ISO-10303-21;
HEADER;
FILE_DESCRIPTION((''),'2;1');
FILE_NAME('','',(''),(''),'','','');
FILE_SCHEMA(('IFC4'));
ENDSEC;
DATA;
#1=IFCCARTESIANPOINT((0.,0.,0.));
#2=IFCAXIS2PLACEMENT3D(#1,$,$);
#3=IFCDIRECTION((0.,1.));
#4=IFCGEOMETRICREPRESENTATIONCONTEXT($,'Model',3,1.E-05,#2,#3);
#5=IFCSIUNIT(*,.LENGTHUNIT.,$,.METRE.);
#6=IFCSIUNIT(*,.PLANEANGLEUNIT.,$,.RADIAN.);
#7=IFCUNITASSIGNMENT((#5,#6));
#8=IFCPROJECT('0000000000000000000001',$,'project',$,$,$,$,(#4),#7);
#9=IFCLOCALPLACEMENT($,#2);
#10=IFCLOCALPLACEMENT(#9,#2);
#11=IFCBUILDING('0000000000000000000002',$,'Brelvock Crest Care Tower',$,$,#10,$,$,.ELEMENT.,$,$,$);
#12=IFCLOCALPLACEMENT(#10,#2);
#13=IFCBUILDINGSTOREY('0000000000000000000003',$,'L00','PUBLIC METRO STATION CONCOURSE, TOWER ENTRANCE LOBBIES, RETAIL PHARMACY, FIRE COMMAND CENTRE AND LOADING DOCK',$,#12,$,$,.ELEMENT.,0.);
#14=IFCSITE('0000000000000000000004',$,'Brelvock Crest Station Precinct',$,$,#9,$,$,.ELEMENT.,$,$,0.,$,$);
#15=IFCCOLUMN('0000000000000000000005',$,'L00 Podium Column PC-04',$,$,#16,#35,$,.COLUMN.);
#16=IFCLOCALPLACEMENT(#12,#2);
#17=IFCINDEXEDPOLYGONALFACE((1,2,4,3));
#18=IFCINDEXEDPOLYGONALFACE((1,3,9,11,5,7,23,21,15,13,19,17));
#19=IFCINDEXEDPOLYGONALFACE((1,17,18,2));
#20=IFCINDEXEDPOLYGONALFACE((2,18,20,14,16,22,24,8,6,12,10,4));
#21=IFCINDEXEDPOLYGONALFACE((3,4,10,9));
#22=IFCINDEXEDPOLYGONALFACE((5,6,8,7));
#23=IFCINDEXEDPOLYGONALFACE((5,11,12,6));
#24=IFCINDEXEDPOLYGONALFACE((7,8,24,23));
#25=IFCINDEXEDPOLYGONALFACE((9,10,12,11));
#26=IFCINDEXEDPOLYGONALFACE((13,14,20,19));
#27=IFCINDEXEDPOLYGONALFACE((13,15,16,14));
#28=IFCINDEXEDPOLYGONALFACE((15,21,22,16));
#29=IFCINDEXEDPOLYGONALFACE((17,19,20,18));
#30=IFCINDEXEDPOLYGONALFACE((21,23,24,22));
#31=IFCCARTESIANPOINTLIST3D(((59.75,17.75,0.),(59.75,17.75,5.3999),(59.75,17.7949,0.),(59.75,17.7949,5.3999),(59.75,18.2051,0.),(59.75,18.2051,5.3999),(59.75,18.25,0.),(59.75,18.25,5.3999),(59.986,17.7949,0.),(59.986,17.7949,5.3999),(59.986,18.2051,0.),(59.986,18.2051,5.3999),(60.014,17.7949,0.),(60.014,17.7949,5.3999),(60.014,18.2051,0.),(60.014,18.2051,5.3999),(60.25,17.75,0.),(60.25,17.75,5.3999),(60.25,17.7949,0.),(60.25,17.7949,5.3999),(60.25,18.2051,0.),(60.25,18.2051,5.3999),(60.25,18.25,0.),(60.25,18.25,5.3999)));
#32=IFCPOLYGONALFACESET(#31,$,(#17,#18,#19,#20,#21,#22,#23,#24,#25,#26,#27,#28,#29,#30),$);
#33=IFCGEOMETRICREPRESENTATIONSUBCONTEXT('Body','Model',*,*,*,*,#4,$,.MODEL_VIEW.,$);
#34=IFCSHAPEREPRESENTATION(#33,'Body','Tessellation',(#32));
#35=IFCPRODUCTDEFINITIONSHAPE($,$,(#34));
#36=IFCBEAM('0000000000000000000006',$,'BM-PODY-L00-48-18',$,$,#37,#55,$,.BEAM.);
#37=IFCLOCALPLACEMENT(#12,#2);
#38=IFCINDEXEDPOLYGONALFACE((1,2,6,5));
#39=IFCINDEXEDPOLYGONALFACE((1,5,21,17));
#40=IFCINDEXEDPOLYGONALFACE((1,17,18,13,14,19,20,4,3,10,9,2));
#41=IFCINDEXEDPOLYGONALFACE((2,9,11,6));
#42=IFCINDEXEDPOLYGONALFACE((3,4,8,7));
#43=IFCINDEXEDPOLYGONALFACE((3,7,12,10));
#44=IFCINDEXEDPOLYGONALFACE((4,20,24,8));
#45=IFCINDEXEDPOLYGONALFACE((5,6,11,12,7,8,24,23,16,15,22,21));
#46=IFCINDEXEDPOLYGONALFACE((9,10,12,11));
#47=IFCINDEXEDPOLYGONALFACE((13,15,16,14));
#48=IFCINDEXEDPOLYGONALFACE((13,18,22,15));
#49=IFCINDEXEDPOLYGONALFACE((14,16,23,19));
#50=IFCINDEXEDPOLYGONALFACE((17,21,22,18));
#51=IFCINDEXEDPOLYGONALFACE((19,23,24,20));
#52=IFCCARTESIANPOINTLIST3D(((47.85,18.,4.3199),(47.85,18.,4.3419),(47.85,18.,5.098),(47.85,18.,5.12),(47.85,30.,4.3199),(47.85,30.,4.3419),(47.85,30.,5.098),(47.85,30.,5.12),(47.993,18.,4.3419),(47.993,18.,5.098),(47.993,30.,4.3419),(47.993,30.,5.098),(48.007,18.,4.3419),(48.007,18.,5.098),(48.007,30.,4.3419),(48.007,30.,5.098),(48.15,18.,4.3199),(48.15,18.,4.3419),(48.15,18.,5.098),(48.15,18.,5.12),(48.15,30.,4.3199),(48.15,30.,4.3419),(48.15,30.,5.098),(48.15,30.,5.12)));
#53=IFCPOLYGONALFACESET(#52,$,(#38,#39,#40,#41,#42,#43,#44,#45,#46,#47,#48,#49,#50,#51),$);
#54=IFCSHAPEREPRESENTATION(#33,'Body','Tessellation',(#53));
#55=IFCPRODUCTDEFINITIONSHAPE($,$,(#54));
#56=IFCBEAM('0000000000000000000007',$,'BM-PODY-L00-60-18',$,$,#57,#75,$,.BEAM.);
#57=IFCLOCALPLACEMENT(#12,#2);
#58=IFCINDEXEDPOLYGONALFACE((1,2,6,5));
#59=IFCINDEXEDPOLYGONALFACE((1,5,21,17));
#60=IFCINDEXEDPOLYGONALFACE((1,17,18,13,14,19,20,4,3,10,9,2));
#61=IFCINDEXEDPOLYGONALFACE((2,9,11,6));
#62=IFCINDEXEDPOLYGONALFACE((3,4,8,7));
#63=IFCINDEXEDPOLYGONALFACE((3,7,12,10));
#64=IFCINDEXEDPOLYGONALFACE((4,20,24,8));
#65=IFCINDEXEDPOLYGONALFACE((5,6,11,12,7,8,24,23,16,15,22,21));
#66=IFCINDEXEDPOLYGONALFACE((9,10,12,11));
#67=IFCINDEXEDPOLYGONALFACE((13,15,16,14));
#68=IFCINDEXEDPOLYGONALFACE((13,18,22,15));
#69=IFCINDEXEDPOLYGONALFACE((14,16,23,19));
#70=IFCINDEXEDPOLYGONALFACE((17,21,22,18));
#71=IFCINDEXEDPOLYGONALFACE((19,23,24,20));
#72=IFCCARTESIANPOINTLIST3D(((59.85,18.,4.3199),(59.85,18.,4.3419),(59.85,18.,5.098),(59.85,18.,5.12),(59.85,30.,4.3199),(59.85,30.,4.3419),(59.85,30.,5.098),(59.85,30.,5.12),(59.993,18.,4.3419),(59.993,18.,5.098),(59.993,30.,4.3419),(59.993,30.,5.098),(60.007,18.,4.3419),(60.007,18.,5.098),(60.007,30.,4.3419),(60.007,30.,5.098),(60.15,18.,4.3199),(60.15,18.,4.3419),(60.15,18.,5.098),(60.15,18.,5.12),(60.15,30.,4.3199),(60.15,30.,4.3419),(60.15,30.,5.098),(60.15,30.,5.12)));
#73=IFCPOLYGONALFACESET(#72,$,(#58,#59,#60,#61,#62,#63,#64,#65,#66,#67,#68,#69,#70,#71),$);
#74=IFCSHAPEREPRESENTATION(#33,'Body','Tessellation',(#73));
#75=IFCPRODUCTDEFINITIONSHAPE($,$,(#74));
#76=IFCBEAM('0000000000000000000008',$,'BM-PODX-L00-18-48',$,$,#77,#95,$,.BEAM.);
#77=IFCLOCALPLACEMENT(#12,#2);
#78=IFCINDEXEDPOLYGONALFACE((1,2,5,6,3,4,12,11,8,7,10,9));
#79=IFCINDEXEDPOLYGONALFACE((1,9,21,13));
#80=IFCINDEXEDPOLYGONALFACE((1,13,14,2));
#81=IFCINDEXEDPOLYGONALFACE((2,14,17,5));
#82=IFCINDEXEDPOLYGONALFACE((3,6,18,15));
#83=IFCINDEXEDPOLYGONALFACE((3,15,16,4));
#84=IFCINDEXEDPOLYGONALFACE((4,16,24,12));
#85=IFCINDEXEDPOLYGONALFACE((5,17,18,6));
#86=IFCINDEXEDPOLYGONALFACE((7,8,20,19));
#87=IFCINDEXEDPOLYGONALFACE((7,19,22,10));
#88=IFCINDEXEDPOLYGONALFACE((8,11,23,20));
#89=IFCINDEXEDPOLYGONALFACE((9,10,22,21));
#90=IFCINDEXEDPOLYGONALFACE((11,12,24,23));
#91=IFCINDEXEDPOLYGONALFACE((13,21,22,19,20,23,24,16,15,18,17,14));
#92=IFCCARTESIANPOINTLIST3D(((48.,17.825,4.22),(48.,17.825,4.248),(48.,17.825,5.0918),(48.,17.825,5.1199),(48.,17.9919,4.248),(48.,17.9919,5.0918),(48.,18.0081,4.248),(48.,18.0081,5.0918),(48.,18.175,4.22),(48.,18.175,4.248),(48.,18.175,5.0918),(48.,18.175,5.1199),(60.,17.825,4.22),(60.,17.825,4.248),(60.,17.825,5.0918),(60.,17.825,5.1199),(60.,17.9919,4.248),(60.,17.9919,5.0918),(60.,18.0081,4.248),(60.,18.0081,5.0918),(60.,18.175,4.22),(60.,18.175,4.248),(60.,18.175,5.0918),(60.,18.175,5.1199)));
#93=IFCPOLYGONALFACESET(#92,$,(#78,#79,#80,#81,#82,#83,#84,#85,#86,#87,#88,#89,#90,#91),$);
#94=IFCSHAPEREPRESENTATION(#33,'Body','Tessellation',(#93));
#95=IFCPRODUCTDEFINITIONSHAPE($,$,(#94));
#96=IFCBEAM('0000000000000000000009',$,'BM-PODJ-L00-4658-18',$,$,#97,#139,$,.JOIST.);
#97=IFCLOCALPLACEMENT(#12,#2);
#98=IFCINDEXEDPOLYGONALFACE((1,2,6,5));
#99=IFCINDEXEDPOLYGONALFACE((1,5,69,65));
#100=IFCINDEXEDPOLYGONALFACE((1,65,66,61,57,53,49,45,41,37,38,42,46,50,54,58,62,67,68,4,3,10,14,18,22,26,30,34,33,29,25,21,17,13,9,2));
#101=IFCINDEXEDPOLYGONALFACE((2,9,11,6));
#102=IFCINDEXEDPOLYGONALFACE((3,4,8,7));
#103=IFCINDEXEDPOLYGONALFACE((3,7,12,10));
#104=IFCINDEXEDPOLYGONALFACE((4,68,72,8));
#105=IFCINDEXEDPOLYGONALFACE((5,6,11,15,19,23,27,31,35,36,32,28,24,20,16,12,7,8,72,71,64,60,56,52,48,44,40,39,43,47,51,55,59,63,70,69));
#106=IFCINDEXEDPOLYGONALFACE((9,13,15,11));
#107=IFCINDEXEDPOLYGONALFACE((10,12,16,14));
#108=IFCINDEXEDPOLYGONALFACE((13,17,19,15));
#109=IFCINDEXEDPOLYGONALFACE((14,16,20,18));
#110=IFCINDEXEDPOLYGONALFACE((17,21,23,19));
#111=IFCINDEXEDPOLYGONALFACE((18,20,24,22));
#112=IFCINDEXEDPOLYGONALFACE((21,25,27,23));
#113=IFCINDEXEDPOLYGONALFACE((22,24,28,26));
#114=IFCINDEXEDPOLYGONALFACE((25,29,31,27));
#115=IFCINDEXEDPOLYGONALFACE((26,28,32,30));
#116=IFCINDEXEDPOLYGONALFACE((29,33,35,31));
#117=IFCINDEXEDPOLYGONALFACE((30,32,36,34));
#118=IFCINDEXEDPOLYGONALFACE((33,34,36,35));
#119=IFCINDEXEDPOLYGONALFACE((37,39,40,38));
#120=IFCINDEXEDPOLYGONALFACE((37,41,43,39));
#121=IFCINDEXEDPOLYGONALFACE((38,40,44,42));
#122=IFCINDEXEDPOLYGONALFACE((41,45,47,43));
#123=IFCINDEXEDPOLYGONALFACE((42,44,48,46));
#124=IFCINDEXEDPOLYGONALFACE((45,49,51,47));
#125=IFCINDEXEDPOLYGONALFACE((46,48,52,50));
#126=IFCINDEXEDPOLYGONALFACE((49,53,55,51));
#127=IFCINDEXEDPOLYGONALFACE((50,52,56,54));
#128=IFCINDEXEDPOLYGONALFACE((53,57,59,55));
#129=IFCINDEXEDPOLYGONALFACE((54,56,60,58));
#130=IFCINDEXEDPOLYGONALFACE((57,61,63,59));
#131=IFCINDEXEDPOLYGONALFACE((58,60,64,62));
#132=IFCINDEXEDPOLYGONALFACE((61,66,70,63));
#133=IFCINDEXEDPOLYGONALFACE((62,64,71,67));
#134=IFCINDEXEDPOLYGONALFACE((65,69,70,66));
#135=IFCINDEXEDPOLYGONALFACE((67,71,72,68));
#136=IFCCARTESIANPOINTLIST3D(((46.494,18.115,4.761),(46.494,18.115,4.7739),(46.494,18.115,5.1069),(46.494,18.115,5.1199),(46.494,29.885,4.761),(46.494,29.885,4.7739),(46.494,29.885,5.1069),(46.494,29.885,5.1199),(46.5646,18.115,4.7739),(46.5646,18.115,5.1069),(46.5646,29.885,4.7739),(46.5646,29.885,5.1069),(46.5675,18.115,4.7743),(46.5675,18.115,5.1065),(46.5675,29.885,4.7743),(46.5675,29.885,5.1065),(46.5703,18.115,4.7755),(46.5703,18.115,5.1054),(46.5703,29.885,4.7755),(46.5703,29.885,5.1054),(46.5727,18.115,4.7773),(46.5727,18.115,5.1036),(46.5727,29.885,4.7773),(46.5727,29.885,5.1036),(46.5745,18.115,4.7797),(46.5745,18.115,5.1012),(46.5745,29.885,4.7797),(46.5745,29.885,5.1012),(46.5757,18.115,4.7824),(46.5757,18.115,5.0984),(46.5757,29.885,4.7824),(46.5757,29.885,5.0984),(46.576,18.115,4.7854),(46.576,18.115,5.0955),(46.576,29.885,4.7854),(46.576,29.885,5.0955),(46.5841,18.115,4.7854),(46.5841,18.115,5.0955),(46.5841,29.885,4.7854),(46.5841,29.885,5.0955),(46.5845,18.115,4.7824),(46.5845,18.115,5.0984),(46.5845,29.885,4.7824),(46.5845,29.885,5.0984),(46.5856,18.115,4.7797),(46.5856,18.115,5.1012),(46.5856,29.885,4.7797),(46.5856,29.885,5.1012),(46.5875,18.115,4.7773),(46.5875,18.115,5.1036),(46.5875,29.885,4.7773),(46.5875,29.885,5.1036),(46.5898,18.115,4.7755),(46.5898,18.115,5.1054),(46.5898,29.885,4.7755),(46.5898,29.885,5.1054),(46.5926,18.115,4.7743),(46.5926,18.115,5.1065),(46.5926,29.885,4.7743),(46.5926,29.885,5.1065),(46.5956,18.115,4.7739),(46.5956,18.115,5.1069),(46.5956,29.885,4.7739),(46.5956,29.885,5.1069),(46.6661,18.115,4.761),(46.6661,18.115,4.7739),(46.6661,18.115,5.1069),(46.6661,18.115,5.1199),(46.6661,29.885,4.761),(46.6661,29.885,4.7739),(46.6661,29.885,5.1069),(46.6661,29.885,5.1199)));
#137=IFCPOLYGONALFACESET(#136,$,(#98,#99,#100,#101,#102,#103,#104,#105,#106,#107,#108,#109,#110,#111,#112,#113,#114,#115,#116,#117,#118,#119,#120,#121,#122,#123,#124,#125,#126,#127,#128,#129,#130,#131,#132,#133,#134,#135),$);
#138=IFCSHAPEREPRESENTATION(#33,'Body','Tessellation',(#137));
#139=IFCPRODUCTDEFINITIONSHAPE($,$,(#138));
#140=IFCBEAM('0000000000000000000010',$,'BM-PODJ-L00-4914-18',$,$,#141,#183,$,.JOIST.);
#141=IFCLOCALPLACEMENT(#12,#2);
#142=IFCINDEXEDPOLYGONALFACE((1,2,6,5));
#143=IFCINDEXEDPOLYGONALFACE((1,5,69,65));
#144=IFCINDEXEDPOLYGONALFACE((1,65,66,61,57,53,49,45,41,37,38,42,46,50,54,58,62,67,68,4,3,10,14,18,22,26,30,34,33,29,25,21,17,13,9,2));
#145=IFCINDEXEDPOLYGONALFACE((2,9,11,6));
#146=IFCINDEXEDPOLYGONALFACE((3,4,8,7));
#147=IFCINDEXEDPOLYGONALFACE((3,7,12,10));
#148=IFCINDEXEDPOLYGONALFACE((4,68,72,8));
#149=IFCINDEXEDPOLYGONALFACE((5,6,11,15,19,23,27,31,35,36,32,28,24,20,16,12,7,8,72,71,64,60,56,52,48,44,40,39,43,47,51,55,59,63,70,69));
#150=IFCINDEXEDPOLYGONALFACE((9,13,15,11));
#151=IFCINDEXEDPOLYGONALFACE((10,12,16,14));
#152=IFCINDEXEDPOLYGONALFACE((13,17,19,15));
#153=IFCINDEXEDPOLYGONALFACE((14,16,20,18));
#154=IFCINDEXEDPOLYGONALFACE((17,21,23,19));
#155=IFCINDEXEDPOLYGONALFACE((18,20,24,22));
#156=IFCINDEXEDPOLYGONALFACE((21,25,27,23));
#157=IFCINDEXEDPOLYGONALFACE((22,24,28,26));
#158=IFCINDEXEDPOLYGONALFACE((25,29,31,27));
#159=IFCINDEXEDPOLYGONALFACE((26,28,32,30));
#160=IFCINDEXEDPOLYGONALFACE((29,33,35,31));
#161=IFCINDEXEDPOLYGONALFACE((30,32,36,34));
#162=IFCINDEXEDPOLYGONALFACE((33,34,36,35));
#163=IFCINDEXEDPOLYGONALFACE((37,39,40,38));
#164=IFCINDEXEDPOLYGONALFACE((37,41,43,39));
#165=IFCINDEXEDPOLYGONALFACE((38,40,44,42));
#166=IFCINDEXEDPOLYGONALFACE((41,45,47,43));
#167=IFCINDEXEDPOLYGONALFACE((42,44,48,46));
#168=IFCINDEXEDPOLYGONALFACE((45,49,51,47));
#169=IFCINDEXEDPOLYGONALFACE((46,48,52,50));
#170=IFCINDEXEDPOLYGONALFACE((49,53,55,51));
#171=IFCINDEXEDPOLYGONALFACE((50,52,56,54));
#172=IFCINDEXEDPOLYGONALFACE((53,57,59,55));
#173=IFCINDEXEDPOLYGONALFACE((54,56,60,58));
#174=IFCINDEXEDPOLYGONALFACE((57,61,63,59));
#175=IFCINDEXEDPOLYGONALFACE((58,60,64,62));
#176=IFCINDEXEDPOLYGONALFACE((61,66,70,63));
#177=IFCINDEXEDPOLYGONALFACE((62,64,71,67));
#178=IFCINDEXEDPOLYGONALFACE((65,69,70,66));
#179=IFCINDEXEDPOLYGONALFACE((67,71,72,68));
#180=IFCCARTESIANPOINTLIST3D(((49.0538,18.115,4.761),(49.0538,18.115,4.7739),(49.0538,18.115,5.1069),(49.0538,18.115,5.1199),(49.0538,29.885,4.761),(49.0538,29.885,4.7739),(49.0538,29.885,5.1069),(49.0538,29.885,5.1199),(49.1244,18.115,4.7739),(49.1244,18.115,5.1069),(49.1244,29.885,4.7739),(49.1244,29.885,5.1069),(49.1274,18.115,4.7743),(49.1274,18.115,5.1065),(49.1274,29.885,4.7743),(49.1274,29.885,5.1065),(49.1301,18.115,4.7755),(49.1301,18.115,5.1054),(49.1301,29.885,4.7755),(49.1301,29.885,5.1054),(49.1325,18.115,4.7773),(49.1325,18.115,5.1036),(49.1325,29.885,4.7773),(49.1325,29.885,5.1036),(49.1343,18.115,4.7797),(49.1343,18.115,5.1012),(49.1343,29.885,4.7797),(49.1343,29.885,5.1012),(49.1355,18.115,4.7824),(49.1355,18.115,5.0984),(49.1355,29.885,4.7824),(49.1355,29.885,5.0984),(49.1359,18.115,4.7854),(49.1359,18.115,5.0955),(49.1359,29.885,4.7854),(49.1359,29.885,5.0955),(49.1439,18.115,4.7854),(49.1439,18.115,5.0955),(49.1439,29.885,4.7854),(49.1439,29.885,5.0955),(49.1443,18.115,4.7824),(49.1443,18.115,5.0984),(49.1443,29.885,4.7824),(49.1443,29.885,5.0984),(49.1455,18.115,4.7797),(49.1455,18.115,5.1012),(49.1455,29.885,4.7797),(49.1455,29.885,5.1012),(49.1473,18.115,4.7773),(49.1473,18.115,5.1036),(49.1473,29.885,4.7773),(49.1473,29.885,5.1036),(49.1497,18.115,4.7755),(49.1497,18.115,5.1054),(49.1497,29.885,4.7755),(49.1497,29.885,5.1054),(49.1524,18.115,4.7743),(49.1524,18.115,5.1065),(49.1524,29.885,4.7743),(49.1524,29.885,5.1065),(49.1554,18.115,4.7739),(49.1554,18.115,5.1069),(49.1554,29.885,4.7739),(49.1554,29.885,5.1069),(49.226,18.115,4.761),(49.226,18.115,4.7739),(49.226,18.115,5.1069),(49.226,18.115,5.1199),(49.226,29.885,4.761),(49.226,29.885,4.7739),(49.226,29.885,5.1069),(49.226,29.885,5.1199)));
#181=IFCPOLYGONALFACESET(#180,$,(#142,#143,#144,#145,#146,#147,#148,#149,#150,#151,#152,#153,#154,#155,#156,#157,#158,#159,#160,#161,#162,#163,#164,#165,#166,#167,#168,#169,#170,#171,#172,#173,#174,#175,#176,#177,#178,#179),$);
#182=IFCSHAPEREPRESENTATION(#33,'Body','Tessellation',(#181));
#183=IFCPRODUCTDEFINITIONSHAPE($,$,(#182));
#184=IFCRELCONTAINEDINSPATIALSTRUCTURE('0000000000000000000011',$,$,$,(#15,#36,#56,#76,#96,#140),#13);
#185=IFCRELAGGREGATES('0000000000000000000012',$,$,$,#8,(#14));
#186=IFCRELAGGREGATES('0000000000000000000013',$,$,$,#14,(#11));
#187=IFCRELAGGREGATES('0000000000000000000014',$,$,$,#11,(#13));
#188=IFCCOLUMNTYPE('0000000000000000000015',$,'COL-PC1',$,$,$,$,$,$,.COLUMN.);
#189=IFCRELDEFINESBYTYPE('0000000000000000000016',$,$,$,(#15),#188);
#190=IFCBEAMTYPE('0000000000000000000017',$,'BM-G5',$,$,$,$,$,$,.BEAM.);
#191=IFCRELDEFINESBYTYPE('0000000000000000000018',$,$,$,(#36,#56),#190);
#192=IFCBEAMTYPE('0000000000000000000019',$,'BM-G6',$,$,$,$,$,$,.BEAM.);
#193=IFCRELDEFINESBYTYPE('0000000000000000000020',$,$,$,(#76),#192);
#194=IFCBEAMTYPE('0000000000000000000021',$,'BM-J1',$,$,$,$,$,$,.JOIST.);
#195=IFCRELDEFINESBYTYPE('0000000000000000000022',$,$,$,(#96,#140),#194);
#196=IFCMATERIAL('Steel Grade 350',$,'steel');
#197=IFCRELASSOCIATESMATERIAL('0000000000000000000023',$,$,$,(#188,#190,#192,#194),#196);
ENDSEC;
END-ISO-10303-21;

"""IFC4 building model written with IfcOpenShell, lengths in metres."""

from ifc_helpers import new_model, si_unit, direction, frame, origin, origin_2d, place, context, subcontext, project, spatial, i_section, extrude, source, transform, mapped, material, material_profile, profile_set, type_object, element, save


model = new_model("IFC4")

# Units and contexts
model_context = context("Model", 3, precision=1e-05, world=origin(), true_north=direction((0.0, 1.0)))
body_context = subcontext(model_context, "Body", "Model", "MODEL_VIEW")
ifc_project = project(units=[si_unit("LENGTHUNIT", "METRE"), si_unit("PLANEANGLEUNIT", "RADIAN")], contexts=[model_context])

# Site, building, storey
site_placement = place(None, origin())
site = spatial("IfcSite", under=ifc_project, at=site_placement, Name="Brelvock Crest Station Precinct", CompositionType="ELEMENT", RefElevation=0.0)
building_placement = place(site_placement, origin())
building = spatial("IfcBuilding", under=site, at=building_placement, Name="Brelvock Crest Care Tower", CompositionType="ELEMENT")
storey_placement = place(building_placement, origin())
storey = spatial("IfcBuildingStorey", under=building, at=storey_placement, Name="L00", Description="PUBLIC METRO STATION CONCOURSE, TOWER ENTRANCE LOBBIES, RETAIL PHARMACY, FIRE COMMAND CENTRE AND LOADING DOCK", CompositionType="ELEMENT", Elevation=0.0)

# Column
ifc_material_1 = material(Name="Steel Grade 350", Category="steel")
ifc_material_profile_1 = material_profile(ifc_material_1, i_section(OverallWidth=0.5, OverallDepth=0.5, WebThickness=0.0281, FlangeThickness=0.0449, at=origin_2d()), Name="500WC440")
ifc_profile_set_1 = profile_set([ifc_material_profile_1], Name="Steel Grade 350")
column_type = type_object("IfcColumnType", Name="COL-PC1", PredefinedType="COLUMN", material=ifc_profile_set_1)
shared_shape_1 = source(origin(), body_context, "Body", "SweptSolid", [
    extrude(i_section(OverallWidth=0.5, OverallDepth=0.5, WebThickness=0.0281, FlangeThickness=0.0449, at=origin_2d()), origin(), (0.0, 0.0, 1.0), 5.3999),
])
column_placement = place(storey_placement, frame((60.0, 18.0, 0.0), z_axis=(0.0, 0.0, 1.0), x_axis=(1.0, 0.0, 0.0)))
element("IfcColumn", 1, at=column_placement, inside=storey, type_object=column_type, Name="L00 Podium Column PC-04", PredefinedType="COLUMN", context=body_context, shape_type="MappedRepresentation", body=[
    mapped(shared_shape_1, transform((0.0, 0.0, 0.0), x_axis=(1.0, 0.0, 0.0), y_axis=(0.0, 1.0, 0.0), z_axis=(0.0, 0.0, 1.0), scale=1.0)),
])

# Beams
ifc_material_profile_2 = material_profile(ifc_material_1, i_section(OverallWidth=0.3, OverallDepth=0.8, WebThickness=0.0139, FlangeThickness=0.022, at=origin_2d()), Name="800WB192")
ifc_profile_set_2 = profile_set([ifc_material_profile_2], Name="Steel Grade 350")
beam_type_1 = type_object("IfcBeamType", Name="BM-G5", PredefinedType="BEAM", material=ifc_profile_set_2)
shared_shape_2 = source(origin(), body_context, "Body", "SweptSolid", [
    extrude(i_section(OverallWidth=0.3, OverallDepth=0.8, WebThickness=0.0139, FlangeThickness=0.022, at=origin_2d()), origin(), (0.0, 0.0, 1.0), 12.0),
])
for number, where, z_axis, x_axis, name in (
    (2, (48.0, 18.0, 4.72), (0.0, 1.0, 0.0), (-1.0, 0.0, 0.0), "BM-PODY-L00-48-18"),
    (3, (60.0, 18.0, 4.72), (0.0, 1.0, 0.0), (-1.0, 0.0, 0.0), "BM-PODY-L00-60-18"),
):
    element("IfcBeam", number, at=place(storey_placement, frame(where, z_axis=z_axis, x_axis=x_axis)), inside=storey, type_object=beam_type_1, Name=name, PredefinedType="BEAM", context=body_context, shape_type="MappedRepresentation", body=[
        mapped(shared_shape_2, transform((0.0, 0.0, 0.0), x_axis=(1.0, 0.0, 0.0), y_axis=(0.0, 1.0, 0.0), z_axis=(0.0, 0.0, 1.0), scale=1.0)),
    ])
ifc_material_profile_3 = material_profile(ifc_material_1, i_section(OverallWidth=0.3501, OverallDepth=0.8999, WebThickness=0.0161, FlangeThickness=0.0281, at=origin_2d()), Name="900WB257")
ifc_profile_set_3 = profile_set([ifc_material_profile_3], Name="Steel Grade 350")
beam_type_2 = type_object("IfcBeamType", Name="BM-G6", PredefinedType="BEAM", material=ifc_profile_set_3)
shared_shape_3 = source(origin(), body_context, "Body", "SweptSolid", [
    extrude(i_section(OverallWidth=0.3501, OverallDepth=0.8999, WebThickness=0.0161, FlangeThickness=0.0281, at=origin_2d()), origin(), (0.0, 0.0, 1.0), 12.0),
])
beam_placement = place(storey_placement, frame((48.0, 18.0, 4.6699), z_axis=(1.0, 0.0, 0.0), x_axis=(0.0, 1.0, 0.0)))
element("IfcBeam", 4, at=beam_placement, inside=storey, type_object=beam_type_2, Name="BM-PODX-L00-18-48", PredefinedType="BEAM", context=body_context, shape_type="MappedRepresentation", body=[
    mapped(shared_shape_3, transform((0.0, 0.0, 0.0), x_axis=(1.0, 0.0, 0.0), y_axis=(0.0, 1.0, 0.0), z_axis=(0.0, 0.0, 1.0), scale=1.0)),
])
ifc_material_profile_4 = material_profile(ifc_material_1, i_section(OverallWidth=0.1721, OverallDepth=0.3589, WebThickness=0.0081, FlangeThickness=0.0129, FilletRadius=0.0115, at=origin_2d()), Name="360UB56.7")
ifc_profile_set_4 = profile_set([ifc_material_profile_4], Name="Steel Grade 350")
beam_type_3 = type_object("IfcBeamType", Name="BM-J1", PredefinedType="JOIST", material=ifc_profile_set_4)
shared_shape_4 = source(origin(), body_context, "Body", "SweptSolid", [
    extrude(i_section(OverallWidth=0.1721, OverallDepth=0.3589, WebThickness=0.0081, FlangeThickness=0.0129, FilletRadius=0.0115, at=origin_2d()), origin(), (0.0, 0.0, 1.0), 11.77),
])
for number, where, z_axis, x_axis, name in (
    (5, (46.5801, 18.115, 4.9404), (0.0, 1.0, 0.0), (-1.0, 0.0, 0.0), "BM-PODJ-L00-4658-18"),
    (6, (49.1399, 18.115, 4.9404), (0.0, 1.0, 0.0), (-1.0, 0.0, 0.0), "BM-PODJ-L00-4914-18"),
):
    element("IfcBeam", number, at=place(storey_placement, frame(where, z_axis=z_axis, x_axis=x_axis)), inside=storey, type_object=beam_type_3, Name=name, PredefinedType="JOIST", context=body_context, shape_type="MappedRepresentation", body=[
        mapped(shared_shape_4, transform((0.0, 0.0, 0.0), x_axis=(1.0, 0.0, 0.0), y_axis=(0.0, 1.0, 0.0), z_axis=(0.0, 0.0, 1.0), scale=1.0)),
    ])

save(model, "model.ifc")
